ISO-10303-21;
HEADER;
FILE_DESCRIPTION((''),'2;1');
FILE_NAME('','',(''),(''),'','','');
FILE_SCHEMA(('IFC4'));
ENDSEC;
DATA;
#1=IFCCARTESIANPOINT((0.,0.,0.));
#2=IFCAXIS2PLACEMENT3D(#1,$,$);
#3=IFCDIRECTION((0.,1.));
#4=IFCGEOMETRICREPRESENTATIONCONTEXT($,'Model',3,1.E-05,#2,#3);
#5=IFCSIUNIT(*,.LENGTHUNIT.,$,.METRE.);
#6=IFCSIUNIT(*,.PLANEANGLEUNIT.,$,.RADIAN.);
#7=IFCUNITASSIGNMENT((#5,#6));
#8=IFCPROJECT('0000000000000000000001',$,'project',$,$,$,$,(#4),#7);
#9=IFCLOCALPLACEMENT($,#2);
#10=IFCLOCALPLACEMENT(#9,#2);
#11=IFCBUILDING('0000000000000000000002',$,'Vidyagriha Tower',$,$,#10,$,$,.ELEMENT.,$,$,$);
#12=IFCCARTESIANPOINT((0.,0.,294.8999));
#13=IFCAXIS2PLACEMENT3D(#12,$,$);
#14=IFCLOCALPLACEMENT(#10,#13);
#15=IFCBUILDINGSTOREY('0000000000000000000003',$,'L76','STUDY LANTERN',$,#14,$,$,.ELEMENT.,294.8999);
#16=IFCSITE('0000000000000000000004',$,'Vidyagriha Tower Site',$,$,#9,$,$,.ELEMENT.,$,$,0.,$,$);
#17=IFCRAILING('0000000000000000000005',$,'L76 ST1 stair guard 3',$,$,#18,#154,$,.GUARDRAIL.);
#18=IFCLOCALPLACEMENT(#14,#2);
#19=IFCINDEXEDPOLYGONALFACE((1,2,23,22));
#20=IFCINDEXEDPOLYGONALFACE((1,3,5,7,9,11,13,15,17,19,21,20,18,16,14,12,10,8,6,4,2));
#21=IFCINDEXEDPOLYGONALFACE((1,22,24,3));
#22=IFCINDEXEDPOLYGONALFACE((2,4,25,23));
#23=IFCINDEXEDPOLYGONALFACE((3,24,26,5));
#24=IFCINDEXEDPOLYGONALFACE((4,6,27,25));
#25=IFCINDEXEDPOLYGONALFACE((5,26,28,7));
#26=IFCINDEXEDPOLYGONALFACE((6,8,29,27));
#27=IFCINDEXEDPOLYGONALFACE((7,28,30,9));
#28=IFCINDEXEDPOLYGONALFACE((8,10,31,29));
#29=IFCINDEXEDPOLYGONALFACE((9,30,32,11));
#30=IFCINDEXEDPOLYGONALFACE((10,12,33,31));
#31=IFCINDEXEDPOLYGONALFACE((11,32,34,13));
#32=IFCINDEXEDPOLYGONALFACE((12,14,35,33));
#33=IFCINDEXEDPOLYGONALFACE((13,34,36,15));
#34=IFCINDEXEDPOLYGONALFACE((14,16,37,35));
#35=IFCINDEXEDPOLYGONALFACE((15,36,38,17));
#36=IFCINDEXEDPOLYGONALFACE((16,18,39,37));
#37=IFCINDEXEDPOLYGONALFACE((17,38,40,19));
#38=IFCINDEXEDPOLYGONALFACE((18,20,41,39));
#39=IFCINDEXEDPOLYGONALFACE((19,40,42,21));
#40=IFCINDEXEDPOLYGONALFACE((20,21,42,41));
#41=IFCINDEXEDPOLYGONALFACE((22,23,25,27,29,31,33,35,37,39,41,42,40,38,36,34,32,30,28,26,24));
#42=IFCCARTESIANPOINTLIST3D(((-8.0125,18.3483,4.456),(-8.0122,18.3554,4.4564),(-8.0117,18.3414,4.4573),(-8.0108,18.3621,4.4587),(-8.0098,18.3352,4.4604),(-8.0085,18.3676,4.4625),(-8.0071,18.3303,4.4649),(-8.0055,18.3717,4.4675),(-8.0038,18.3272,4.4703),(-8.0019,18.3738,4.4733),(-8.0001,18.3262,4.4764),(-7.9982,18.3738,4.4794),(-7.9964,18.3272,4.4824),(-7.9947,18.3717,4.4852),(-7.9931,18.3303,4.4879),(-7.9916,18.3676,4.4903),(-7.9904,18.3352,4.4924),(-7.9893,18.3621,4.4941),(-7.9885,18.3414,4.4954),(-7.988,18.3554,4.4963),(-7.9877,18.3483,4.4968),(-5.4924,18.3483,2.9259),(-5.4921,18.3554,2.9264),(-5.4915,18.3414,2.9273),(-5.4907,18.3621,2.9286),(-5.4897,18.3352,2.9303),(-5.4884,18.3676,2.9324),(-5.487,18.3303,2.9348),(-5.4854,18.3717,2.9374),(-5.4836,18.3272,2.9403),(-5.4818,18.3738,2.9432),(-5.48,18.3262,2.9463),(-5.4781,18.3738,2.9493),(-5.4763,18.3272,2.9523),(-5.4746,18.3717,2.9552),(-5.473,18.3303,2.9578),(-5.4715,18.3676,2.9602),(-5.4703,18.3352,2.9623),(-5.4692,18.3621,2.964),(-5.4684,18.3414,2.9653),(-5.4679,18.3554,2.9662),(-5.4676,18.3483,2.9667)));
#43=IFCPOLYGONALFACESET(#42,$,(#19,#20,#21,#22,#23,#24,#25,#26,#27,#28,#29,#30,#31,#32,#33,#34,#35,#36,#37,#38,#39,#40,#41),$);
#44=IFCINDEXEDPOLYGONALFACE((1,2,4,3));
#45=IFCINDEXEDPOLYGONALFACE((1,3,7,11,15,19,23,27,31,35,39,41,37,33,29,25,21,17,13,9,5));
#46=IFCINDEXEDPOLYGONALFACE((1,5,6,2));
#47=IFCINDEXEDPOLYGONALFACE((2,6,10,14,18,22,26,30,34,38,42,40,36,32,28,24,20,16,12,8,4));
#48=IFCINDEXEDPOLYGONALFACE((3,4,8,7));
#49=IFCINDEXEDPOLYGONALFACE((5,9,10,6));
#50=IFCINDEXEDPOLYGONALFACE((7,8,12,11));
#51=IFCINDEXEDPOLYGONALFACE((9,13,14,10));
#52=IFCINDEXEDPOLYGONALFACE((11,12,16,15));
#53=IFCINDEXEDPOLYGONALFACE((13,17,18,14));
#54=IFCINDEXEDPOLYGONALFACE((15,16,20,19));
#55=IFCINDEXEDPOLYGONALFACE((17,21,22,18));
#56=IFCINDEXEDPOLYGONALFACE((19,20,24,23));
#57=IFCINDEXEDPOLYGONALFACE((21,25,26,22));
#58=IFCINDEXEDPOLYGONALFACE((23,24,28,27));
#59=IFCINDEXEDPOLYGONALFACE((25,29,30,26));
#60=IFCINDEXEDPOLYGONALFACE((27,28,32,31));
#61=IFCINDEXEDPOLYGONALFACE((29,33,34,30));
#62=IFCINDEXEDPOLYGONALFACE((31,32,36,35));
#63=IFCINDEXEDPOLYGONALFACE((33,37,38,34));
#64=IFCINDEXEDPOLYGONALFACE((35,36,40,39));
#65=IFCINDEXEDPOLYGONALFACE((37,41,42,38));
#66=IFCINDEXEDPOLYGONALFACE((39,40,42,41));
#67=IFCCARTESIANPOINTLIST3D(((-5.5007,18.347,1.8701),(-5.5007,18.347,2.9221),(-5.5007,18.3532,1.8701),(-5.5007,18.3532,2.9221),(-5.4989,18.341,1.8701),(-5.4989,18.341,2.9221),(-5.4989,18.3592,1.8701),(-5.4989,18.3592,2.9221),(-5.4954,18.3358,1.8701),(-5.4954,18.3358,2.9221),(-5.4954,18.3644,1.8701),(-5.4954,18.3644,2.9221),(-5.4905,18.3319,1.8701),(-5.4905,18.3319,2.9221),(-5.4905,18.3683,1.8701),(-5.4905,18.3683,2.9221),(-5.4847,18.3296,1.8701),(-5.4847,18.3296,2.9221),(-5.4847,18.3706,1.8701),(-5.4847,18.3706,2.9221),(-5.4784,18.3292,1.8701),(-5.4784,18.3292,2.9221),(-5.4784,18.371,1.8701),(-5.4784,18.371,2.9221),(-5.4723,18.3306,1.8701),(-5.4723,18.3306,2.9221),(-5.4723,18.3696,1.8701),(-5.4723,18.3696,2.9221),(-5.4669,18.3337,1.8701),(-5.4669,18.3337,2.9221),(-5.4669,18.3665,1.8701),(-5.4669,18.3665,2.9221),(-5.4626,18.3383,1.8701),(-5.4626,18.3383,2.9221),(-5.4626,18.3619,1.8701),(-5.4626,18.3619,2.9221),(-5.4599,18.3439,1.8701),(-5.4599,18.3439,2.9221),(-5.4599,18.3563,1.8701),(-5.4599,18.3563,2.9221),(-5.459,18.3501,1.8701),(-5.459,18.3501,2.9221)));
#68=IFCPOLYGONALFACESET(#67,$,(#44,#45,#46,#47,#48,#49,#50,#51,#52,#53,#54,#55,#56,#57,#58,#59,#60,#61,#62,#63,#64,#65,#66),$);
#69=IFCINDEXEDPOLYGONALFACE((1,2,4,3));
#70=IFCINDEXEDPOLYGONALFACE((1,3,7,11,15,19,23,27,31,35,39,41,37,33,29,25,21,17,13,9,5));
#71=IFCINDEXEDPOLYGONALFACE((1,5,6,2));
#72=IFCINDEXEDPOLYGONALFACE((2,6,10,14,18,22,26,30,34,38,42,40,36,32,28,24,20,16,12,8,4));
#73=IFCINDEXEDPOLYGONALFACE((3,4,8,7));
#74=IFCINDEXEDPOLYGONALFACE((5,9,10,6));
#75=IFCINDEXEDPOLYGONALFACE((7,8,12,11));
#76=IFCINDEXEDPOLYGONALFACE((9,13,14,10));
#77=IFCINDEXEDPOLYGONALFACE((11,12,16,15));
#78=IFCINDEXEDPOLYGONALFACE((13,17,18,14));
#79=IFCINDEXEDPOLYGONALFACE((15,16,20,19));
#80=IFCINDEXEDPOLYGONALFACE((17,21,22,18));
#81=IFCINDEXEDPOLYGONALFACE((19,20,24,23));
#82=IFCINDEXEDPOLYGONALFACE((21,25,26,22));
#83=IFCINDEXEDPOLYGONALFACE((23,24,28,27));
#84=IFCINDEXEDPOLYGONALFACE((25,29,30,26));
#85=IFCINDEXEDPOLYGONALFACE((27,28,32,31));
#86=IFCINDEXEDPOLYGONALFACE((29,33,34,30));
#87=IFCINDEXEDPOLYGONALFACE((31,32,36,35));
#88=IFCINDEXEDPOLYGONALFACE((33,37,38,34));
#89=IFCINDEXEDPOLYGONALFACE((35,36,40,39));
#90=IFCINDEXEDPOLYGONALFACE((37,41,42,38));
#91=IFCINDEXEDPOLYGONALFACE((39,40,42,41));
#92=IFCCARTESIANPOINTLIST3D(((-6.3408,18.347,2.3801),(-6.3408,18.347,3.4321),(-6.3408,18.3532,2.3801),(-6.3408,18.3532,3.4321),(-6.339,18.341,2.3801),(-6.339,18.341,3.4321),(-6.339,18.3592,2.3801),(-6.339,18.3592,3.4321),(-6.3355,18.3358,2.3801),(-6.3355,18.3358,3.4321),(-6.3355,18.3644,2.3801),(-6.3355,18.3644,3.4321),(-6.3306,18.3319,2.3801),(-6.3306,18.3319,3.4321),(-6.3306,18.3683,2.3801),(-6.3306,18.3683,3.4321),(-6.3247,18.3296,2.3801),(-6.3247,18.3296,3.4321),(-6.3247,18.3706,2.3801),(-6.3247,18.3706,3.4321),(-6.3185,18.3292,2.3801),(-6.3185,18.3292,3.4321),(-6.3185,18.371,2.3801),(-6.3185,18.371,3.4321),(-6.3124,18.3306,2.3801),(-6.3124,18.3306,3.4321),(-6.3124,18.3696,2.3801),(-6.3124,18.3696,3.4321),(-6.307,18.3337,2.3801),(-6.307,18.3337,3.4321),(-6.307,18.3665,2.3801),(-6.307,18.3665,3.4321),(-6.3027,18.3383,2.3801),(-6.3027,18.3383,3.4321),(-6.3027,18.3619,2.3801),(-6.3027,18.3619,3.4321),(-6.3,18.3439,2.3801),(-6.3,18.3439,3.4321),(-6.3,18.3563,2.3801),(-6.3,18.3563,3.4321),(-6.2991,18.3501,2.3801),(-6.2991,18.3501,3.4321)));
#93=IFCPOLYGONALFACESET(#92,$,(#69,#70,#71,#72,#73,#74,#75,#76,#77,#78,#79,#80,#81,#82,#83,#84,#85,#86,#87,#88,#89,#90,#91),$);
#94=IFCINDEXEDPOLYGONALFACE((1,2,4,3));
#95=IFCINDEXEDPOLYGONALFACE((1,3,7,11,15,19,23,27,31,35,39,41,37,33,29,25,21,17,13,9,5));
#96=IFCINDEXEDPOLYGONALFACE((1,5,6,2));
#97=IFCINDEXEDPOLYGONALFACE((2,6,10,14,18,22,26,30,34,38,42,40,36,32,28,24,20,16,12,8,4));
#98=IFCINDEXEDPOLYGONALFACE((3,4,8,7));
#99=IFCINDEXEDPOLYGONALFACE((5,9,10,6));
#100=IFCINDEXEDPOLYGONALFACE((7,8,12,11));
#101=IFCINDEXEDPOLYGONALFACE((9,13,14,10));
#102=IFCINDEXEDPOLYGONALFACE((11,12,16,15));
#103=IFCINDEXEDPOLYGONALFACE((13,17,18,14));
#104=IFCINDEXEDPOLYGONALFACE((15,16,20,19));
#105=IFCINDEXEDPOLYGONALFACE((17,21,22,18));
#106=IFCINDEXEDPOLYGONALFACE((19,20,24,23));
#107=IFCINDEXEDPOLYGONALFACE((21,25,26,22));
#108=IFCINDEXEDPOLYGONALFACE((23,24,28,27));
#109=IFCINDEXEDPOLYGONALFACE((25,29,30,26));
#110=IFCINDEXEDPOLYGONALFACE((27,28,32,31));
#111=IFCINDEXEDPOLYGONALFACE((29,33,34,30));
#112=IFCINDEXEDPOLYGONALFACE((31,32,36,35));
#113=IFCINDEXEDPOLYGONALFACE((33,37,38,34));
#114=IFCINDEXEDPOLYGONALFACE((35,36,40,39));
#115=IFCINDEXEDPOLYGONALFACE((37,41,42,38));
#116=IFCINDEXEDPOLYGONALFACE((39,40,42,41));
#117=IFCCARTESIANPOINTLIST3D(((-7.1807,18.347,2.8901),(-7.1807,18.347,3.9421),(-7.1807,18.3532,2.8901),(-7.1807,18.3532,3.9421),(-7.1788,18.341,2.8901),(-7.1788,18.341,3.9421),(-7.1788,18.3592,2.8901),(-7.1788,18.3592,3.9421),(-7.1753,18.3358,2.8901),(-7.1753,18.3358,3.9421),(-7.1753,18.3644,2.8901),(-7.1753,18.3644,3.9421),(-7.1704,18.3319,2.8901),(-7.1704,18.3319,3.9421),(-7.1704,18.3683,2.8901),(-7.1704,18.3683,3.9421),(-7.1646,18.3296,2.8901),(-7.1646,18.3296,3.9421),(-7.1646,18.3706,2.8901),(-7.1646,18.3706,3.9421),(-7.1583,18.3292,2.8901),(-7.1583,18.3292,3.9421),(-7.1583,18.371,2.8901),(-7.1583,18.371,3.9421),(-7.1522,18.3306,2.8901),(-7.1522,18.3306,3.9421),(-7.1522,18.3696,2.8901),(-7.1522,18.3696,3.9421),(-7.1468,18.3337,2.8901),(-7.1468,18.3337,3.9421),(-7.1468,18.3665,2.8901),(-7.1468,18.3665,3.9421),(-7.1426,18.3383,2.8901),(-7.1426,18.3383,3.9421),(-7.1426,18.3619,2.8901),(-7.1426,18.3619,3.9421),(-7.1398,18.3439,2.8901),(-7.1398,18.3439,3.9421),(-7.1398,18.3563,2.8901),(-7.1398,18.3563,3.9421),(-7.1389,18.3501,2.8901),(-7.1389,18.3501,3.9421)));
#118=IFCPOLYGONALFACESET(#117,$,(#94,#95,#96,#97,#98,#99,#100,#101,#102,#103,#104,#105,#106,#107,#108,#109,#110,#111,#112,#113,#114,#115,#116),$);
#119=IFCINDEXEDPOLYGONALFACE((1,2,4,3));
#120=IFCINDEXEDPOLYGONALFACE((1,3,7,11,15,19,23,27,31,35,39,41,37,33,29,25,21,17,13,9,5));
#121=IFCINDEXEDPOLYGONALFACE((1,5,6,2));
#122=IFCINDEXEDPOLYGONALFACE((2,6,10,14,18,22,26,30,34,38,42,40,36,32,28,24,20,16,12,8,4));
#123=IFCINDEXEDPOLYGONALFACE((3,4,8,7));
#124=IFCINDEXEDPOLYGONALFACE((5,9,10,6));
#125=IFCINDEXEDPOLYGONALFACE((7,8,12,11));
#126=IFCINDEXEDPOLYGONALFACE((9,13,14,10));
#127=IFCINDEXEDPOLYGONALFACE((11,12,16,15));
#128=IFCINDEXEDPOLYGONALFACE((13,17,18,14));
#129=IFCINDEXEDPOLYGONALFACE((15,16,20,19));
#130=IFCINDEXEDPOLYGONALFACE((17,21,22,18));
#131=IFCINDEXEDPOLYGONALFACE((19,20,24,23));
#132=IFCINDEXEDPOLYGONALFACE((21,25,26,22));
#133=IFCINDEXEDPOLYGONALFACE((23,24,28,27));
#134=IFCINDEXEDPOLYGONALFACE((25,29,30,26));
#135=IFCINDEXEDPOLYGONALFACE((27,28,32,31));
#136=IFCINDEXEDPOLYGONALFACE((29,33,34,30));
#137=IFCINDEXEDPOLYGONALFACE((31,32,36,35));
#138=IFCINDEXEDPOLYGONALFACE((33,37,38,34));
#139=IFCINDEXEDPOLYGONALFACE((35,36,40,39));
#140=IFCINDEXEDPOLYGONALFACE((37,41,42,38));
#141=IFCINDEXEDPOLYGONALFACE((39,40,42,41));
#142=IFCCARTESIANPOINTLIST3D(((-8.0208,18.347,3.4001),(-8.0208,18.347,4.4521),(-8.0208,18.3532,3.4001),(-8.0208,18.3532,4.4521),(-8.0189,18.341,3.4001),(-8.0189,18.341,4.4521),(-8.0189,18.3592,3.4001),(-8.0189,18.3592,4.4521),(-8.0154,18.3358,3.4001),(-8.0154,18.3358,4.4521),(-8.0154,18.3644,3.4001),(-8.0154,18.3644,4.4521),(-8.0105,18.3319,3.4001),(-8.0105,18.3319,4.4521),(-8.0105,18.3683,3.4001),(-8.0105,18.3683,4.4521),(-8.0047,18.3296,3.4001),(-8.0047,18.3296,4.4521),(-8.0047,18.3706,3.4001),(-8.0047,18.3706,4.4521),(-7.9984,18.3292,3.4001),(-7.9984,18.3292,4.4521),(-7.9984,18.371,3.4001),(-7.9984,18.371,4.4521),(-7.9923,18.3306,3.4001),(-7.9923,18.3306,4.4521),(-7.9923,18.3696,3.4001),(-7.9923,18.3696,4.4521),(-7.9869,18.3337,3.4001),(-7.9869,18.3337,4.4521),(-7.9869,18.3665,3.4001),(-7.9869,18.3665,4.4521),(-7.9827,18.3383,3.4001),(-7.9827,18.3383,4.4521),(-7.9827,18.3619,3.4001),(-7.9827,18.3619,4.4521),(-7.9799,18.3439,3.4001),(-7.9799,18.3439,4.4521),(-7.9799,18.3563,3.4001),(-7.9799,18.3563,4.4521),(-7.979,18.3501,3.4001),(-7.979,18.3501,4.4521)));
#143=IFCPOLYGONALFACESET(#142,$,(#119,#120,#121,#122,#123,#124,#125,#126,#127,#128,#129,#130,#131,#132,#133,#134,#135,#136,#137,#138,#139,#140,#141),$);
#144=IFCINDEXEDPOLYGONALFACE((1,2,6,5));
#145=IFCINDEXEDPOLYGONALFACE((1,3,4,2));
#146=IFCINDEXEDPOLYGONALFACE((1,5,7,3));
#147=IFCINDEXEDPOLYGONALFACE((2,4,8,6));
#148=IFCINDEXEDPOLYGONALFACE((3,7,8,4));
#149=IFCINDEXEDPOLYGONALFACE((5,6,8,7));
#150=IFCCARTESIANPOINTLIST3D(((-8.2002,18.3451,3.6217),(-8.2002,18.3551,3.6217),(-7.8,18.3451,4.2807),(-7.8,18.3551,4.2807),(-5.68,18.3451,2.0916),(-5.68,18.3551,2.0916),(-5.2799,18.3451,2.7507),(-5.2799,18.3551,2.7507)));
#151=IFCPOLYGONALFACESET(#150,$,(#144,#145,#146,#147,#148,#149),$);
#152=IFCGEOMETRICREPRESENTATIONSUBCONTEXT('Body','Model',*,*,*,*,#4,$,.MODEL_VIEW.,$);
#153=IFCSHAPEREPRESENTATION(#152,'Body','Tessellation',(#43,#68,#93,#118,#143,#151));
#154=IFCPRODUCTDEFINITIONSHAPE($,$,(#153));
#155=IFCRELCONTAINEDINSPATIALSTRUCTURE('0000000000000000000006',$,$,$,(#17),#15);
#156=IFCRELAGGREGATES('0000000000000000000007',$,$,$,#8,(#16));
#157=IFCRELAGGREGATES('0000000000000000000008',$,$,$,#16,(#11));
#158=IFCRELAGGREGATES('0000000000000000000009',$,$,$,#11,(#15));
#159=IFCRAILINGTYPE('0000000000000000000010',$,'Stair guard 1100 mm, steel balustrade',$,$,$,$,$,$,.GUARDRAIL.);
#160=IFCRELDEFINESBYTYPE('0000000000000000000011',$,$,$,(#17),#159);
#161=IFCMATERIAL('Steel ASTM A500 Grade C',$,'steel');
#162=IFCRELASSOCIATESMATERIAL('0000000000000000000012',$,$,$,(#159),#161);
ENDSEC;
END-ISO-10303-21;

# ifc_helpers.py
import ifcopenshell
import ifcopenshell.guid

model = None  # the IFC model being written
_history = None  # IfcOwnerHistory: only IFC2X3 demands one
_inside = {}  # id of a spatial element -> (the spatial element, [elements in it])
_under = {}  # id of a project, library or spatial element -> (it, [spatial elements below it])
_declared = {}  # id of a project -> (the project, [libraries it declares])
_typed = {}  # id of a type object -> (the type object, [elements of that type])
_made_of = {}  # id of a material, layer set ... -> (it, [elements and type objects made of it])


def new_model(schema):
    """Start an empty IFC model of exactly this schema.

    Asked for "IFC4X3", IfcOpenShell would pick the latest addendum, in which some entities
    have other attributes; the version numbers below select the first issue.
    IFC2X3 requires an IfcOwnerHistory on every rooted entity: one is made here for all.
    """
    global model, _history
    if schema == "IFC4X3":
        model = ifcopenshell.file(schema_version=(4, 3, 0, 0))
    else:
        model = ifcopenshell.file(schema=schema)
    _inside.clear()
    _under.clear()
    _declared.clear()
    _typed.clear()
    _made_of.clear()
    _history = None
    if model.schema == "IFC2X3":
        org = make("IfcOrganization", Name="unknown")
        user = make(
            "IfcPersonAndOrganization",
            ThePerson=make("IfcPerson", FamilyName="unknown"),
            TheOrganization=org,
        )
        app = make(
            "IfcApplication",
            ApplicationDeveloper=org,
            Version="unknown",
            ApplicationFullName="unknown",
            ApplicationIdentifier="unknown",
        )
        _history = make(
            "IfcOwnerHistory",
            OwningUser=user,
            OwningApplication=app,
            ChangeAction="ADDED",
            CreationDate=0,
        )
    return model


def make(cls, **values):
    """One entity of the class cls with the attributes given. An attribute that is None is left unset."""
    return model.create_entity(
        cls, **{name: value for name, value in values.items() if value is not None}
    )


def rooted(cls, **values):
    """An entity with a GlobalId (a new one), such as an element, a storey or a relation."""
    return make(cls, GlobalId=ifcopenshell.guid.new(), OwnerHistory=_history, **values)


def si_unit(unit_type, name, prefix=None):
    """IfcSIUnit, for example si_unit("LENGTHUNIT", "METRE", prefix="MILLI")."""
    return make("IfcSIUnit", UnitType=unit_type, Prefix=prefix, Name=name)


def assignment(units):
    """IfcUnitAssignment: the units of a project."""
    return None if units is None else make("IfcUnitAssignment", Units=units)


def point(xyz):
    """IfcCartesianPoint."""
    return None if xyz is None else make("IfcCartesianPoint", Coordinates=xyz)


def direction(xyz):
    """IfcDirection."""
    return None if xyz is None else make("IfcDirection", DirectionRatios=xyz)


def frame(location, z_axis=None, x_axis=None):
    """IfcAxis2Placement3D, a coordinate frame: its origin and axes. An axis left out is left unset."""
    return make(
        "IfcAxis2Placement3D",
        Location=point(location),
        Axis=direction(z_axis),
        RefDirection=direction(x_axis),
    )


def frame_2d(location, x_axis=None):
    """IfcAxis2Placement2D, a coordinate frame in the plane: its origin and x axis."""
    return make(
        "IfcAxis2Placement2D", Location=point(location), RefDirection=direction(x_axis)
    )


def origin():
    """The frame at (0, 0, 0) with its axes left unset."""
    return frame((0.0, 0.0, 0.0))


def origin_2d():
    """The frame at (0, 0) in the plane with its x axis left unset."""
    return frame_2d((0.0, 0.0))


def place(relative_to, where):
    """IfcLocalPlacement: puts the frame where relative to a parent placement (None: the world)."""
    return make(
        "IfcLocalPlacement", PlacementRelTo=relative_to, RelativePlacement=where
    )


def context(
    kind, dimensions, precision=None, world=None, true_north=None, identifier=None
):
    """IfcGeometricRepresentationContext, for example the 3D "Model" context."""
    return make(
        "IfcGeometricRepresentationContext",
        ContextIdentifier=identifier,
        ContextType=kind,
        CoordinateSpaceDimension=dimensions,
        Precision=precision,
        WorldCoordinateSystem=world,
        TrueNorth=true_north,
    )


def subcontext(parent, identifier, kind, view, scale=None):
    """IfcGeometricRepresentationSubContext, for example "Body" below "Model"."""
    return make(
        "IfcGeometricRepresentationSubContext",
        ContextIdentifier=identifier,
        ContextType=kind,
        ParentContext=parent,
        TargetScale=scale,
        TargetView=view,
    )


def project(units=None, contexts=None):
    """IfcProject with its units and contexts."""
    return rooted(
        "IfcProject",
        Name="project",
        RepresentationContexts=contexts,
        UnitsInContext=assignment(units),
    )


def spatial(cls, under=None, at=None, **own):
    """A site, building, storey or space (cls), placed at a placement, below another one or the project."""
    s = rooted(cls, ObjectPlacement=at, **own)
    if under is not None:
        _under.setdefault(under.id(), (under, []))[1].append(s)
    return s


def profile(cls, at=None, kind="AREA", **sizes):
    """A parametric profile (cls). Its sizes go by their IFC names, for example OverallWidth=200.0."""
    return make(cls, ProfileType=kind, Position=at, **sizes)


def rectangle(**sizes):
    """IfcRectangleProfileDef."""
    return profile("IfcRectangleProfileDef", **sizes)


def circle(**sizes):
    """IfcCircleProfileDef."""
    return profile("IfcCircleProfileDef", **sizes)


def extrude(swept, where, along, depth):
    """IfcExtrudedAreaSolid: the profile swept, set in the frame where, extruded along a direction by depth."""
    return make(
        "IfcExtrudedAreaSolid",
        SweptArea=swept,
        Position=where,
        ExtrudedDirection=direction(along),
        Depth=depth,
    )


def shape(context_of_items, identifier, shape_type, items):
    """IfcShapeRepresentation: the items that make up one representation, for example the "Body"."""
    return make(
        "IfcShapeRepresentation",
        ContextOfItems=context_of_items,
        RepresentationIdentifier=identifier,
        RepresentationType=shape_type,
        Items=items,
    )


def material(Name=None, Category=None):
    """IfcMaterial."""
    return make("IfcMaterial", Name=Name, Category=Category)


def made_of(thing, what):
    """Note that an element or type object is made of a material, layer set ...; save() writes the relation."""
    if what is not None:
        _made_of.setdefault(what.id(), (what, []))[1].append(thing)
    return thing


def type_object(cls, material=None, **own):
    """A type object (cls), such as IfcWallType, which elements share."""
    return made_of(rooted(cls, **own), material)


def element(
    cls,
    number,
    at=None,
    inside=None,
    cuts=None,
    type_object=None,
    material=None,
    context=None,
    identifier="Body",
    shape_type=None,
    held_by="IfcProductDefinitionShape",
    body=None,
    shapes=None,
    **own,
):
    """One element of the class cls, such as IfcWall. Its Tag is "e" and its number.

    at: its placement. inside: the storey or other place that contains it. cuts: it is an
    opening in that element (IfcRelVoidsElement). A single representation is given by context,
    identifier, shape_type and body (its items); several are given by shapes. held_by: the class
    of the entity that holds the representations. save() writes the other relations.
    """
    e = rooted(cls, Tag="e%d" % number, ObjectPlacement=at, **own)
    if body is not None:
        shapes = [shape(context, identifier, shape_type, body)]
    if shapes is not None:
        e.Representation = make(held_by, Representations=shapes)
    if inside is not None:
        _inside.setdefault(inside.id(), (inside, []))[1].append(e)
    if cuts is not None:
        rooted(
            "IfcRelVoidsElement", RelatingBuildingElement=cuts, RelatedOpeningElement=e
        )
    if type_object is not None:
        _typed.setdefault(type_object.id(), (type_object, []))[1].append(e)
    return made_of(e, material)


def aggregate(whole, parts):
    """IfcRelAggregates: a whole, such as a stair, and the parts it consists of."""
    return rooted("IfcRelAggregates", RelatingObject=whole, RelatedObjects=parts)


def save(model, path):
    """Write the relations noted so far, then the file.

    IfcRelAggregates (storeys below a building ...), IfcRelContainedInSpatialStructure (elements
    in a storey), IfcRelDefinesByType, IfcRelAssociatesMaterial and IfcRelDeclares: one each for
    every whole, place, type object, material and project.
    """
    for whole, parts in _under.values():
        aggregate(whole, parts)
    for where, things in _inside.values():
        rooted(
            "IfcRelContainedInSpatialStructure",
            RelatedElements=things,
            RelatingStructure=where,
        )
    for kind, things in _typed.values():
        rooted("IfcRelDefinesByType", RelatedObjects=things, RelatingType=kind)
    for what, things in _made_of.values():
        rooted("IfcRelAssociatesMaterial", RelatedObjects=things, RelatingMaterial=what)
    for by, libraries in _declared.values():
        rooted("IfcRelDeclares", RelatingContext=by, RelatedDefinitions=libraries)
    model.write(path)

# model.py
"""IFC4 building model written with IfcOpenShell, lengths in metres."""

from ifc_helpers import new_model, si_unit, direction, frame, origin, origin_2d, place, context, subcontext, project, spatial, rectangle, circle, extrude, material, type_object, element, save


model = new_model("IFC4")

# Units and contexts
model_context = context("Model", 3, precision=1e-05, world=origin(), true_north=direction((0.0, 1.0)))
body_context = subcontext(model_context, "Body", "Model", "MODEL_VIEW")
ifc_project = project(units=[si_unit("LENGTHUNIT", "METRE"), si_unit("PLANEANGLEUNIT", "RADIAN")], contexts=[model_context])

# Site, building, storey
site_placement = place(None, origin())
site = spatial("IfcSite", under=ifc_project, at=site_placement, Name="Vidyagriha Tower Site", CompositionType="ELEMENT", RefElevation=0.0)
building_placement = place(site_placement, origin())
building = spatial("IfcBuilding", under=site, at=building_placement, Name="Vidyagriha Tower", CompositionType="ELEMENT")
storey_placement = place(building_placement, frame((0.0, 0.0, 294.8999)))
storey = spatial("IfcBuildingStorey", under=building, at=storey_placement, Name="L76", Description="STUDY LANTERN", CompositionType="ELEMENT", Elevation=294.8999)

# Railing
ifc_material_1 = material(Name="Steel ASTM A500 Grade C", Category="steel")
railing_type_1 = type_object("IfcRailingType", Name="Stair guard 1100 mm, steel balustrade", PredefinedType="GUARDRAIL", material=ifc_material_1)
railing_1_placement = place(storey_placement, frame((-5.48, 18.3501, 1.8701)))
element("IfcRailing", 1, at=railing_1_placement, inside=storey, type_object=railing_type_1, Name="L76 ST1 stair guard 3", PredefinedType="GUARDRAIL", context=body_context, shape_type="SweptSolid", body=[
    extrude(circle(Radius=0.0239, at=origin_2d()), frame((0.0, 0.0, 1.0762), z_axis=(-0.854785, 0.0, 0.518982), x_axis=(0.0, -1.0, 0.0)), (0.0, 0.0, 1.0), 2.9482),
    extrude(circle(Radius=0.021, at=origin_2d()), origin(), (0.0, 0.0, 1.0), 1.052),
    extrude(circle(Radius=0.021, at=origin_2d()), frame((-0.8401, 0.0, 0.51)), (0.0, 0.0, 1.0), 1.052),
    extrude(circle(Radius=0.021, at=origin_2d()), frame((-1.6799, 0.0, 1.02)), (0.0, 0.0, 1.0), 1.052),
    extrude(circle(Radius=0.021, at=origin_2d()), frame((-2.52, 0.0, 1.53)), (0.0, 0.0, 1.0), 1.052),
    extrude(rectangle(XDim=0.01, YDim=0.771, at=origin_2d()), frame((0.0, 0.0, 0.551), z_axis=(-0.854785, 0.0, 0.518982), x_axis=(0.0, -1.0, 0.0)), (0.0, 0.0, 1.0), 2.9482),
])

save(model, "model.ifc")
